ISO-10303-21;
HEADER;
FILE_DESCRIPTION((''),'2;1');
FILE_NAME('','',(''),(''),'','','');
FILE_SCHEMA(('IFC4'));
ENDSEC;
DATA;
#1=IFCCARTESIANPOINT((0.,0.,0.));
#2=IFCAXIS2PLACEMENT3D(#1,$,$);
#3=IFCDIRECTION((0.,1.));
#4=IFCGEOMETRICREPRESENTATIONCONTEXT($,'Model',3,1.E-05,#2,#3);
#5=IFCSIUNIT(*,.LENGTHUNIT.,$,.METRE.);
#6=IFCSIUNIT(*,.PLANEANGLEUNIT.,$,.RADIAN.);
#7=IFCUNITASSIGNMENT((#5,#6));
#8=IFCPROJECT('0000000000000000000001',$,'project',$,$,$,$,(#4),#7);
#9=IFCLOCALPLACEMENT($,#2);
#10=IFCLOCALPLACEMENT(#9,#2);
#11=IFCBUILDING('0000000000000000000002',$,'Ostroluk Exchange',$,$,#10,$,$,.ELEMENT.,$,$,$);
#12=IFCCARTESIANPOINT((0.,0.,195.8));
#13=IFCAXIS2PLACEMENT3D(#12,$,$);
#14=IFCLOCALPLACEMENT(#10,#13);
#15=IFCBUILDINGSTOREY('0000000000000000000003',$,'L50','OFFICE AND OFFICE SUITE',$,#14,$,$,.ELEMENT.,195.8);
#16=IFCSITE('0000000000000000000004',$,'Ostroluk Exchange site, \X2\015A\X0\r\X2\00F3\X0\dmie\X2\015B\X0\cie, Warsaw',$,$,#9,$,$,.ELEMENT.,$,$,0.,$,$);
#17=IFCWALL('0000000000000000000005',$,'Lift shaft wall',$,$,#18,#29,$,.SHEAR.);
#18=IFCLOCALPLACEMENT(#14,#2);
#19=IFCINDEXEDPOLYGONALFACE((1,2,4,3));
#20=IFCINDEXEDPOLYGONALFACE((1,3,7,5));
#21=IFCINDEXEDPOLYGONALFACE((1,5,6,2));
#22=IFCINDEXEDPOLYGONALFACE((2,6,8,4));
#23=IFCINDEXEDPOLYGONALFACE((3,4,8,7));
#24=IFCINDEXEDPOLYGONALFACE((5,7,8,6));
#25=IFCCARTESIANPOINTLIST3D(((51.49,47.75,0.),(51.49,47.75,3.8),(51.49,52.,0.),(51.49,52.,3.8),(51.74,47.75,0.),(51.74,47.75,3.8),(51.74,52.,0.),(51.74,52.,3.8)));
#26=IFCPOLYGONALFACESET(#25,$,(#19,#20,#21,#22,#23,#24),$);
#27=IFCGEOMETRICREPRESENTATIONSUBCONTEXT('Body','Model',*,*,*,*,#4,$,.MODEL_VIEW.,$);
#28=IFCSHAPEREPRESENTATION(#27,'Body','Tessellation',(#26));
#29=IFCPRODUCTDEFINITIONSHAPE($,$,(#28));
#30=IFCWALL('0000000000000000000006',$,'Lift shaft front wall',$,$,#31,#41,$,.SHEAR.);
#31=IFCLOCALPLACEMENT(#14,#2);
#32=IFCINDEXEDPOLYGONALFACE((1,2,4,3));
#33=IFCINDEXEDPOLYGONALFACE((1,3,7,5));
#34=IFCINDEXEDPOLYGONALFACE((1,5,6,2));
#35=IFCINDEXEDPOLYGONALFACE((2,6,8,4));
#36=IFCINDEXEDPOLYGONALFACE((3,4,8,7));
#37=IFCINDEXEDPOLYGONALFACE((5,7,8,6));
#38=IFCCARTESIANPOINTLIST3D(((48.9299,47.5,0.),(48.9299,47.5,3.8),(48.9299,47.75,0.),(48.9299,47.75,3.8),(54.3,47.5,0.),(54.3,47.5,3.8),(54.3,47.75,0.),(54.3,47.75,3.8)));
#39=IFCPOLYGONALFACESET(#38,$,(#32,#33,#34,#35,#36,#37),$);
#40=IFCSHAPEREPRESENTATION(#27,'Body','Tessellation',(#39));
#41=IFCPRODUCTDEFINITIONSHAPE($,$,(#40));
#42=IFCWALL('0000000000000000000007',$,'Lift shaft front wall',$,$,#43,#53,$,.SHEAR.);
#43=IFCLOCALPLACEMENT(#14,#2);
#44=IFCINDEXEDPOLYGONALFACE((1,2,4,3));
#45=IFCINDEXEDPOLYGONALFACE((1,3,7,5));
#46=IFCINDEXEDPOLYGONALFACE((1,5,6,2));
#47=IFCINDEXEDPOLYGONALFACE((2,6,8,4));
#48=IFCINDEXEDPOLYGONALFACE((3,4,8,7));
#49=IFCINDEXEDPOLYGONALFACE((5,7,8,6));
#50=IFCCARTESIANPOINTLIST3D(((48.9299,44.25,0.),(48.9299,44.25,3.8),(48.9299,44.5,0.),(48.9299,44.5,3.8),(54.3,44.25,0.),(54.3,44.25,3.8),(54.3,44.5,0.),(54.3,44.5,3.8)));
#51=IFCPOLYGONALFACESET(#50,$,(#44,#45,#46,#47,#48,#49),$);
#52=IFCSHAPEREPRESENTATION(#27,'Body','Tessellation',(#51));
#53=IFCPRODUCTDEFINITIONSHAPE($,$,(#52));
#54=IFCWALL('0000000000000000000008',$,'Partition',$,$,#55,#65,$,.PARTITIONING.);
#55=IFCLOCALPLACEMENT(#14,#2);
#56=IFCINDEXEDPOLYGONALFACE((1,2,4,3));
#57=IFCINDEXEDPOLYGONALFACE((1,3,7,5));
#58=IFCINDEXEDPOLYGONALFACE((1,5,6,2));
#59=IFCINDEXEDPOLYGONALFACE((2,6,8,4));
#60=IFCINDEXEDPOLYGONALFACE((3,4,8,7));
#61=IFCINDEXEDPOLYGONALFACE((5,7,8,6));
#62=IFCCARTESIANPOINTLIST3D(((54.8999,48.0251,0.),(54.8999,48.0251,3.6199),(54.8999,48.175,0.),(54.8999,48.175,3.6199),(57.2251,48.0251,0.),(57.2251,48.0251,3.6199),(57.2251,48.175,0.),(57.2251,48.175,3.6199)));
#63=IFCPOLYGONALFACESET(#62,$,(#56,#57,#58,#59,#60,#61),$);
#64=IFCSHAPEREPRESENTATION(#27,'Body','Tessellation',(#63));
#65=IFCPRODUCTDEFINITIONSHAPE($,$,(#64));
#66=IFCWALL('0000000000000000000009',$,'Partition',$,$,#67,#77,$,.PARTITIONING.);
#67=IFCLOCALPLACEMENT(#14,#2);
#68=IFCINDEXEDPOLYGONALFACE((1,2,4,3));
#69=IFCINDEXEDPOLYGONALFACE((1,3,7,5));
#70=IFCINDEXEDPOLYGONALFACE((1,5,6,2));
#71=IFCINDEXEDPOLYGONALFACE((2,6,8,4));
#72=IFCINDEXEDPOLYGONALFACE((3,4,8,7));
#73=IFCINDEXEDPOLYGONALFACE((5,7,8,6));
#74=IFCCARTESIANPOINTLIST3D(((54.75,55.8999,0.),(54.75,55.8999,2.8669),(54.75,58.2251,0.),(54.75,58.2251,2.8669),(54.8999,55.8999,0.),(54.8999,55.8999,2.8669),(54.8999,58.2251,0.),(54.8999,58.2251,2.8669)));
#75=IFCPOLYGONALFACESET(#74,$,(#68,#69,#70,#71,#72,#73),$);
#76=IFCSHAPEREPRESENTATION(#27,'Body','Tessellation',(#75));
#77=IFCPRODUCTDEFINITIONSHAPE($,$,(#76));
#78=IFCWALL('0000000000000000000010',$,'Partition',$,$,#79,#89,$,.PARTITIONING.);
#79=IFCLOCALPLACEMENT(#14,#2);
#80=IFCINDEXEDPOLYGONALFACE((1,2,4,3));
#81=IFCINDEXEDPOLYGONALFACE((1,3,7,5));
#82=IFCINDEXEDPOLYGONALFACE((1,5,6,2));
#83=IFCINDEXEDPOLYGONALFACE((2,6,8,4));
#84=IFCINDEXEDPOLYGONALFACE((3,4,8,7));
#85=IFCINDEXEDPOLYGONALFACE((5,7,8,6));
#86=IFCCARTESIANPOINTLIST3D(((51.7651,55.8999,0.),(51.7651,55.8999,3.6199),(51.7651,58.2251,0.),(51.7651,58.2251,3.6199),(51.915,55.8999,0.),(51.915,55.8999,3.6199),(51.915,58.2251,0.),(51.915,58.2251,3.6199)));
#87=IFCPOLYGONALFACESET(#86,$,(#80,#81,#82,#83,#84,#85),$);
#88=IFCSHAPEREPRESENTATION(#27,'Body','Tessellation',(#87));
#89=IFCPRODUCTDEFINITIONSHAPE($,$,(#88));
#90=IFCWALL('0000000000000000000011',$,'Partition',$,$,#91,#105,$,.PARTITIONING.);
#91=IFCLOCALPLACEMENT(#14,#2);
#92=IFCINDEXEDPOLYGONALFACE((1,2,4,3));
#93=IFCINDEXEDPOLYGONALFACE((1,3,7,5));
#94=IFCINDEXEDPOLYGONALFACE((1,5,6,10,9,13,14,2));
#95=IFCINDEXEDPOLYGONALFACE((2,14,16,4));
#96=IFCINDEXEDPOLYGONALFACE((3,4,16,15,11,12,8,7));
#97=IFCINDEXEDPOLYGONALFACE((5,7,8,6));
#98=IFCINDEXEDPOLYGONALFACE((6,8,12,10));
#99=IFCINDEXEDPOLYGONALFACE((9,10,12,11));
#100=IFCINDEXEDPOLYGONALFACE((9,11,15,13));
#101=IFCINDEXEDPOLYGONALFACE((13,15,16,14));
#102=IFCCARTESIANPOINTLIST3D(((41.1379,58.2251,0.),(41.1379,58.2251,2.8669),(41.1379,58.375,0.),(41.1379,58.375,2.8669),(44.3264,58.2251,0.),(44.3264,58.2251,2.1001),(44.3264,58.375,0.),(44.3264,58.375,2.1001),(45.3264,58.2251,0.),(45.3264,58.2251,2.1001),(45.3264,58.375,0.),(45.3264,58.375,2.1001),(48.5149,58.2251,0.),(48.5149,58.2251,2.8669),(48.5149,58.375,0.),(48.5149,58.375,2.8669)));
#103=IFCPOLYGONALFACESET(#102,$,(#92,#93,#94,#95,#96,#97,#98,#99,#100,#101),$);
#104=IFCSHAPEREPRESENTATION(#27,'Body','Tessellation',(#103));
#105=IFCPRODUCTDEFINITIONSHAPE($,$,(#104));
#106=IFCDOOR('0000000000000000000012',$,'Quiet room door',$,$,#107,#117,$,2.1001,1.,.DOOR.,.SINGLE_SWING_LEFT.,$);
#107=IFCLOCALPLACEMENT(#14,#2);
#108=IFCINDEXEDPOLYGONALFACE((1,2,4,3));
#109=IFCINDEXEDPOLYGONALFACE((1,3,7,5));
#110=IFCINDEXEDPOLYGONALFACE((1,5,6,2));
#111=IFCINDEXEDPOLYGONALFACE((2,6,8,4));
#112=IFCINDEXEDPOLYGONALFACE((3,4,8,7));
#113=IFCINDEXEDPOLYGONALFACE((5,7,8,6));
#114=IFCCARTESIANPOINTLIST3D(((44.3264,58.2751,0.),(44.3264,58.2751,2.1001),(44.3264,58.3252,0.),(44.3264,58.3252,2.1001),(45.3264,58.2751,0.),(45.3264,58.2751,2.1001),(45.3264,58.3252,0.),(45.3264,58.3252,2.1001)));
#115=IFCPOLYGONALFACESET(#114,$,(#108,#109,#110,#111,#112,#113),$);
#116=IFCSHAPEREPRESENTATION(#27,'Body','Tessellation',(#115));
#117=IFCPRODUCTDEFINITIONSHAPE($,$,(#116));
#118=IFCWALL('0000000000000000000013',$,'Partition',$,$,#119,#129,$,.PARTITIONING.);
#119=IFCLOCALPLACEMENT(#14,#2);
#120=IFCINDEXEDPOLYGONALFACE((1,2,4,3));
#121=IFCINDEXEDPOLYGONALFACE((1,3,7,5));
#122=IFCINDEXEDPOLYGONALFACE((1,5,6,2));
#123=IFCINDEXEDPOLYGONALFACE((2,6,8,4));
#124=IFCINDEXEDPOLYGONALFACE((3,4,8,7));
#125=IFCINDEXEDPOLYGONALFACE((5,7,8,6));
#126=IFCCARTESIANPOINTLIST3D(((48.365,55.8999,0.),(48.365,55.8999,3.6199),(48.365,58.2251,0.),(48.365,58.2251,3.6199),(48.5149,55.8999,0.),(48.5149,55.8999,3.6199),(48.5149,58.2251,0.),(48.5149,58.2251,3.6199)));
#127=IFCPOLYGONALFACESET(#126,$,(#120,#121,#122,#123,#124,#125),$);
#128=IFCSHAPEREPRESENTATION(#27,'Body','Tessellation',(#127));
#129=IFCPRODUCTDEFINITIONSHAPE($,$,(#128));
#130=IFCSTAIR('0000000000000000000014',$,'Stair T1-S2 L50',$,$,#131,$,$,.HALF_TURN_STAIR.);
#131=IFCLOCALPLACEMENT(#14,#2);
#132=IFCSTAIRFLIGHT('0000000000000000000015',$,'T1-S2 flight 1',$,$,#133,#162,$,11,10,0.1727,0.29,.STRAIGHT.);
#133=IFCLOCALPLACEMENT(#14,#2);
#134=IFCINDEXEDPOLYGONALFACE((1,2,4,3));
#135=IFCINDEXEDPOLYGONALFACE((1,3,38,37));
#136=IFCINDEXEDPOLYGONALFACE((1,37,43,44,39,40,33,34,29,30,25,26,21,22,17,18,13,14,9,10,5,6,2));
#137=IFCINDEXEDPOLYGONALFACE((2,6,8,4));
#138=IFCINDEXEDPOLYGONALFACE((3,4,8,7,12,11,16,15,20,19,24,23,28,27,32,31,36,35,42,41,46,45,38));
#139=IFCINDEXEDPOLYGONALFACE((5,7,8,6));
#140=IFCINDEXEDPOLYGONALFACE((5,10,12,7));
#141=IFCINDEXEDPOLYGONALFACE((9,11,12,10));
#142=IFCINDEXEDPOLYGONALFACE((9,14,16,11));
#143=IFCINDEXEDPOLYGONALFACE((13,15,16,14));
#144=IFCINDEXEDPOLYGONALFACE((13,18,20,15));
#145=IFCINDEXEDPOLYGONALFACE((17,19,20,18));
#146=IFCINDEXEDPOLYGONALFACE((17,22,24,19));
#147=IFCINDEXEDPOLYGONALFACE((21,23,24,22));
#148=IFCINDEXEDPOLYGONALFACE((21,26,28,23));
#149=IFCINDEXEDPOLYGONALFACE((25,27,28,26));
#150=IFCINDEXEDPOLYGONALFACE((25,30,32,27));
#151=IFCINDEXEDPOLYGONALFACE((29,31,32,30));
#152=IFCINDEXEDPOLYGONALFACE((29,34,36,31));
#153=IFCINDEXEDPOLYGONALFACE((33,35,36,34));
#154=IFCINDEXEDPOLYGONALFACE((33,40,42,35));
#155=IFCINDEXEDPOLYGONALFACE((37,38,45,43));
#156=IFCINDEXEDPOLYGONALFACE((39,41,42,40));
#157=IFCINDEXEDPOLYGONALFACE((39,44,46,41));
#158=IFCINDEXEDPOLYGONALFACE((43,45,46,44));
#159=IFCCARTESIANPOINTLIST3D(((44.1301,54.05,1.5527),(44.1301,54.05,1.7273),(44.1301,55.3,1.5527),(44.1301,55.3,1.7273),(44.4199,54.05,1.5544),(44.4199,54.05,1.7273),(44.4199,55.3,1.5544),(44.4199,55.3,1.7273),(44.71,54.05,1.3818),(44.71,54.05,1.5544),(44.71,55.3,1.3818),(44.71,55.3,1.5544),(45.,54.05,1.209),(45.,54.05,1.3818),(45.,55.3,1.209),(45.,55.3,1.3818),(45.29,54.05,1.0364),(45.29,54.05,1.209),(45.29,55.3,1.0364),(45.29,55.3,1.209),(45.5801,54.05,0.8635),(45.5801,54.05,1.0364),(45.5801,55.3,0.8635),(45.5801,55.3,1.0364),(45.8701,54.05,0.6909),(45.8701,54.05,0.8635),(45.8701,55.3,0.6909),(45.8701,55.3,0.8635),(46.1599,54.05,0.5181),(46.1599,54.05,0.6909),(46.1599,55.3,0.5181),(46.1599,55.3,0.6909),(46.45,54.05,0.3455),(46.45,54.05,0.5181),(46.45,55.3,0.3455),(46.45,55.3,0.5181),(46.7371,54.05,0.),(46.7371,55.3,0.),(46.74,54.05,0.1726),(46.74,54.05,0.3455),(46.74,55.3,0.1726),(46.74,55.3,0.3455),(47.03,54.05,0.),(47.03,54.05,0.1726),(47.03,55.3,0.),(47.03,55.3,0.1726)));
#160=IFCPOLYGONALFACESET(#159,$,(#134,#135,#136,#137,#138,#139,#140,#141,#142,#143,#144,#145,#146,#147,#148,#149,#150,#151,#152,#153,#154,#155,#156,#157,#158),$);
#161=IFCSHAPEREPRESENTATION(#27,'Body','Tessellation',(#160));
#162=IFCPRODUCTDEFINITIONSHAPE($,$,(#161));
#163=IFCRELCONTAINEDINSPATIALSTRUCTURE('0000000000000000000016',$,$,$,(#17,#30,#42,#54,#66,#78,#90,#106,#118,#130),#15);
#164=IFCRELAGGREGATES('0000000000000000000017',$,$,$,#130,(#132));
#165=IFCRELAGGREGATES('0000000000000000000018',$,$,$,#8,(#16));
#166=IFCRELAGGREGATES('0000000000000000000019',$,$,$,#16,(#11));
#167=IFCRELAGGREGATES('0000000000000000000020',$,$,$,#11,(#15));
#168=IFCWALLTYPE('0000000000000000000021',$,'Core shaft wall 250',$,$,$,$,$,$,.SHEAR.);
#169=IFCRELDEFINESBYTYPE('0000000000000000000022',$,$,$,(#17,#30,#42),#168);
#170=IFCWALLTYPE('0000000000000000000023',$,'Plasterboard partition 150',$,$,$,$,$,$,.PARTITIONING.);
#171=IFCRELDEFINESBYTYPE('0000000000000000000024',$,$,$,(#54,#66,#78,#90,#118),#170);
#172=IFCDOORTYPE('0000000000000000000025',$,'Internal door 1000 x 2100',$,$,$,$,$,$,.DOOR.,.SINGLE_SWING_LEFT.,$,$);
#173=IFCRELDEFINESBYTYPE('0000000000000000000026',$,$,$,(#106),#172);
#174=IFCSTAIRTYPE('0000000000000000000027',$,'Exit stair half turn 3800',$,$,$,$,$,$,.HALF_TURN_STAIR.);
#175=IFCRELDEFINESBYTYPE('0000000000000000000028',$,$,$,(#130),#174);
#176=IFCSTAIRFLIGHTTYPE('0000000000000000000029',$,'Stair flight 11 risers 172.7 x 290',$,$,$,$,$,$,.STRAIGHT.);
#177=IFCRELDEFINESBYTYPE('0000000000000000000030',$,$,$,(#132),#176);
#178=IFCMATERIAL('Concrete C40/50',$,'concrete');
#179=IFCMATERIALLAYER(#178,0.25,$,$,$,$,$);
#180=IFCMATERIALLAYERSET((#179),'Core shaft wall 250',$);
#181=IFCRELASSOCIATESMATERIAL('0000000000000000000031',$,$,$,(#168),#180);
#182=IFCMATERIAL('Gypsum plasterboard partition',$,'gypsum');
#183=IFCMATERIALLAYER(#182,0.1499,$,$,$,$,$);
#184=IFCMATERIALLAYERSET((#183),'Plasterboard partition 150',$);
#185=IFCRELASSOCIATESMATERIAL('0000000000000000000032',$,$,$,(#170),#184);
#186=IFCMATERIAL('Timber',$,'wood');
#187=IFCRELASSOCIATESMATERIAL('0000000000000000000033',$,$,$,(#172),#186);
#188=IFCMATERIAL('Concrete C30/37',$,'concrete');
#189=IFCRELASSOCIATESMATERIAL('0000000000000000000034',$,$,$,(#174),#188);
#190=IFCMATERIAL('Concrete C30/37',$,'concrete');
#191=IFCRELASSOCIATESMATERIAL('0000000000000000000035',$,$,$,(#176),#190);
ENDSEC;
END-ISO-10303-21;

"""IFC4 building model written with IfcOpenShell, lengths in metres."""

from ifc_helpers import new_model, si_unit, direction, frame, frame_2d, origin, place, context, subcontext, project, spatial, polyline, rectangle, outline, extrude, material, layer, layer_set, type_object, element, fill, aggregate, save


model = new_model("IFC4")

# Units and contexts
model_context = context("Model", 3, precision=1e-05, world=origin(), true_north=direction((0.0, 1.0)))
body_context = subcontext(model_context, "Body", "Model", "MODEL_VIEW")
ifc_project = project(units=[si_unit("LENGTHUNIT", "METRE"), si_unit("PLANEANGLEUNIT", "RADIAN")], contexts=[model_context])

# Site, building, storey
site_placement = place(None, origin())
site = spatial("IfcSite", under=ifc_project, at=site_placement, Name="Ostroluk Exchange site, Śródmieście, Warsaw", CompositionType="ELEMENT", RefElevation=0.0)
building_placement = place(site_placement, origin())
building = spatial("IfcBuilding", under=site, at=building_placement, Name="Ostroluk Exchange", CompositionType="ELEMENT")
storey_placement = place(building_placement, frame((0.0, 0.0, 195.8)))
storey = spatial("IfcBuildingStorey", under=building, at=storey_placement, Name="L50", Description="OFFICE AND OFFICE SUITE", CompositionType="ELEMENT", Elevation=195.8)

# Shared definitions
ifc_material_1 = material(Name="Concrete C40/50", Category="concrete")
ifc_layer_1 = layer(ifc_material_1, 0.25)
ifc_layer_set_1 = layer_set([ifc_layer_1], Name="Core shaft wall 250")
wall_type_1 = type_object("IfcWallType", Name="Core shaft wall 250", PredefinedType="SHEAR", material=ifc_layer_set_1)

# Walls
wall_1_placement = place(storey_placement, frame((51.615, 47.75, 0.0), z_axis=(0.0, 0.0, 1.0), x_axis=(0.0, 1.0, 0.0)))
element("IfcWall", 1, at=wall_1_placement, inside=storey, type_object=wall_type_1, Name="Lift shaft wall", PredefinedType="SHEAR", context=body_context, shape_type="SweptSolid", body=[
    extrude(rectangle(XDim=4.25, YDim=0.25, at=frame_2d((2.125, 0.0))), origin(), (0.0, 0.0, 1.0), 3.8),
])
for number, where, z_axis, x_axis, name in (
    (2, (48.9299, 47.625, 0.0), (0.0, 0.0, 1.0), (1.0, 0.0, 0.0), "Lift shaft front wall"),
    (3, (48.9299, 44.375, 0.0), (0.0, 0.0, 1.0), (1.0, 0.0, 0.0), "Lift shaft front wall"),
):
    element("IfcWall", number, at=place(storey_placement, frame(where, z_axis=z_axis, x_axis=x_axis)), inside=storey, type_object=wall_type_1, Name=name, PredefinedType="SHEAR", context=body_context, shape_type="SweptSolid", body=[
        extrude(rectangle(XDim=5.3701, YDim=0.25, at=frame_2d((2.6851, 0.0))), origin(), (0.0, 0.0, 1.0), 3.8),
    ])
ifc_material_2 = material(Name="Gypsum plasterboard partition", Category="gypsum")
ifc_layer_2 = layer(ifc_material_2, 0.1499)
ifc_layer_set_2 = layer_set([ifc_layer_2], Name="Plasterboard partition 150")
wall_type_2 = type_object("IfcWallType", Name="Plasterboard partition 150", PredefinedType="PARTITIONING", material=ifc_layer_set_2)
wall_2_placement = place(storey_placement, frame((54.8999, 48.1001, 0.0), z_axis=(0.0, 0.0, 1.0), x_axis=(1.0, 0.0, 0.0)))
element("IfcWall", 4, at=wall_2_placement, inside=storey, type_object=wall_type_2, Name="Partition", PredefinedType="PARTITIONING", context=body_context, shape_type="SweptSolid", body=[
    extrude(rectangle(XDim=2.3252, YDim=0.1499, at=frame_2d((1.1626, 0.0))), origin(), (0.0, 0.0, 1.0), 3.6199),
])
wall_3_placement = place(storey_placement, frame((54.825, 55.8999, 0.0), z_axis=(0.0, 0.0, 1.0), x_axis=(0.0, 1.0, 0.0)))
element("IfcWall", 5, at=wall_3_placement, inside=storey, type_object=wall_type_2, Name="Partition", PredefinedType="PARTITIONING", context=body_context, shape_type="SweptSolid", body=[
    extrude(rectangle(XDim=2.3252, YDim=0.1499, at=frame_2d((1.1626, 0.0))), origin(), (0.0, 0.0, 1.0), 2.8669),
])
wall_4_placement = place(storey_placement, frame((51.8401, 55.8999, 0.0), z_axis=(0.0, 0.0, 1.0), x_axis=(0.0, 1.0, 0.0)))
element("IfcWall", 6, at=wall_4_placement, inside=storey, type_object=wall_type_2, Name="Partition", PredefinedType="PARTITIONING", context=body_context, shape_type="SweptSolid", body=[
    extrude(rectangle(XDim=2.3252, YDim=0.1499, at=frame_2d((1.1626, 0.0))), origin(), (0.0, 0.0, 1.0), 3.6199),
])

# Wall, opening, door
wall_5_placement = place(storey_placement, frame((48.5149, 58.3, 0.0), z_axis=(0.0, 0.0, 1.0), x_axis=(-1.0, 0.0, 0.0)))
wall_5 = element("IfcWall", 7, at=wall_5_placement, inside=storey, type_object=wall_type_2, Name="Partition", PredefinedType="PARTITIONING", context=body_context, shape_type="SweptSolid", body=[
    extrude(rectangle(XDim=7.377, YDim=0.1499, at=frame_2d((3.6885, 0.0))), origin(), (0.0, 0.0, 1.0), 2.8669),
])
opening_1_placement = place(wall_5_placement, frame((3.1885, 0.0, 0.0)))
opening_1 = element("IfcOpeningElement", 8, at=opening_1_placement, cuts=wall_5, PredefinedType="OPENING", context=body_context, shape_type="SweptSolid", body=[
    extrude(rectangle(XDim=1.0, YDim=2.1001, at=frame_2d((0.5, 1.05))), frame((0.0, 0.085, 0.0), z_axis=(0.0, -1.0, 0.0), x_axis=(1.0, 0.0, 0.0)), (0.0, 0.0, 1.0), 0.1699),
])
ifc_material_3 = material(Name="Timber", Category="wood")
door_type_1 = type_object("IfcDoorType", Name="Internal door 1000 x 2100", OperationType="SINGLE_SWING_LEFT", PredefinedType="DOOR", material=ifc_material_3)
door_1_placement = place(opening_1_placement, origin())
door_1 = element("IfcDoor", 9, at=door_1_placement, inside=storey, type_object=door_type_1, Name="Quiet room door", OperationType="SINGLE_SWING_LEFT", OverallHeight=2.1001, OverallWidth=1.0, PredefinedType="DOOR", context=body_context, shape_type="SweptSolid", body=[
    extrude(rectangle(XDim=1.0, YDim=2.1001, at=frame_2d((0.5, 1.05))), frame((0.0, 0.0249, 0.0), z_axis=(0.0, -1.0, 0.0), x_axis=(1.0, 0.0, 0.0)), (0.0, 0.0, 1.0), 0.05),
])
fill(opening_1, door_1)

# Wall
wall_6_placement = place(storey_placement, frame((48.4399, 55.8999, 0.0), z_axis=(0.0, 0.0, 1.0), x_axis=(0.0, 1.0, 0.0)))
element("IfcWall", 10, at=wall_6_placement, inside=storey, type_object=wall_type_2, Name="Partition", PredefinedType="PARTITIONING", context=body_context, shape_type="SweptSolid", body=[
    extrude(rectangle(XDim=2.3252, YDim=0.1499, at=frame_2d((1.1626, 0.0))), origin(), (0.0, 0.0, 1.0), 3.6199),
])

# Stair, stair flight
ifc_material_4 = material(Name="Concrete C30/37", Category="concrete")
stair_type = type_object("IfcStairType", Name="Exit stair half turn 3800", PredefinedType="HALF_TURN_STAIR", material=ifc_material_4)
stair_placement = place(storey_placement, origin())
stair = element("IfcStair", 11, at=stair_placement, inside=storey, type_object=stair_type, Name="Stair T1-S2 L50", PredefinedType="HALF_TURN_STAIR")
ifc_material_5 = material(Name="Concrete C30/37", Category="concrete")
stair_flight_type = type_object("IfcStairFlightType", Name="Stair flight 11 risers 172.7 x 290", PredefinedType="STRAIGHT", material=ifc_material_5)
stair_flight_placement = place(storey_placement, frame((47.03, 54.675, 0.0), z_axis=(0.0, 0.0, 1.0), x_axis=(-1.0, 0.0, 0.0)))
stair_flight = element("IfcStairFlight", 12, at=stair_flight_placement, type_object=stair_flight_type, Name="T1-S2 flight 1", NumberOfRisers=11, NumberOfTreads=10, PredefinedType="STRAIGHT", RiserHeight=0.1727, TreadLength=0.29, context=body_context, shape_type="SweptSolid", body=[
    extrude(outline(polyline([(0.0, 0.0), (0.0, 0.1726), (0.29, 0.1726), (0.29, 0.3455), (0.5801, 0.3455), (0.5801, 0.5181), (0.8701, 0.5181), (0.8701, 0.6909), (1.1599, 0.6909), (1.1599, 0.8635), (1.45, 0.8635), (1.45, 1.0364), (1.74, 1.0364), (1.74, 1.209), (2.03, 1.209), (2.03, 1.3818), (2.3201, 1.3818), (2.3201, 1.5544), (2.6101, 1.5544), (2.6101, 1.7273), (2.8999, 1.7273), (2.8999, 1.8999), (2.8999, 1.5527), (0.293, 0.0), (0.0, 0.0)])), frame((0.0, 0.625, 0.0), z_axis=(0.0, -1.0, 0.0), x_axis=(1.0, 0.0, 0.0)), (0.0, 0.0, 1.0), 1.25),
])
aggregate(stair, [stair_flight])

save(model, "model.ifc")
